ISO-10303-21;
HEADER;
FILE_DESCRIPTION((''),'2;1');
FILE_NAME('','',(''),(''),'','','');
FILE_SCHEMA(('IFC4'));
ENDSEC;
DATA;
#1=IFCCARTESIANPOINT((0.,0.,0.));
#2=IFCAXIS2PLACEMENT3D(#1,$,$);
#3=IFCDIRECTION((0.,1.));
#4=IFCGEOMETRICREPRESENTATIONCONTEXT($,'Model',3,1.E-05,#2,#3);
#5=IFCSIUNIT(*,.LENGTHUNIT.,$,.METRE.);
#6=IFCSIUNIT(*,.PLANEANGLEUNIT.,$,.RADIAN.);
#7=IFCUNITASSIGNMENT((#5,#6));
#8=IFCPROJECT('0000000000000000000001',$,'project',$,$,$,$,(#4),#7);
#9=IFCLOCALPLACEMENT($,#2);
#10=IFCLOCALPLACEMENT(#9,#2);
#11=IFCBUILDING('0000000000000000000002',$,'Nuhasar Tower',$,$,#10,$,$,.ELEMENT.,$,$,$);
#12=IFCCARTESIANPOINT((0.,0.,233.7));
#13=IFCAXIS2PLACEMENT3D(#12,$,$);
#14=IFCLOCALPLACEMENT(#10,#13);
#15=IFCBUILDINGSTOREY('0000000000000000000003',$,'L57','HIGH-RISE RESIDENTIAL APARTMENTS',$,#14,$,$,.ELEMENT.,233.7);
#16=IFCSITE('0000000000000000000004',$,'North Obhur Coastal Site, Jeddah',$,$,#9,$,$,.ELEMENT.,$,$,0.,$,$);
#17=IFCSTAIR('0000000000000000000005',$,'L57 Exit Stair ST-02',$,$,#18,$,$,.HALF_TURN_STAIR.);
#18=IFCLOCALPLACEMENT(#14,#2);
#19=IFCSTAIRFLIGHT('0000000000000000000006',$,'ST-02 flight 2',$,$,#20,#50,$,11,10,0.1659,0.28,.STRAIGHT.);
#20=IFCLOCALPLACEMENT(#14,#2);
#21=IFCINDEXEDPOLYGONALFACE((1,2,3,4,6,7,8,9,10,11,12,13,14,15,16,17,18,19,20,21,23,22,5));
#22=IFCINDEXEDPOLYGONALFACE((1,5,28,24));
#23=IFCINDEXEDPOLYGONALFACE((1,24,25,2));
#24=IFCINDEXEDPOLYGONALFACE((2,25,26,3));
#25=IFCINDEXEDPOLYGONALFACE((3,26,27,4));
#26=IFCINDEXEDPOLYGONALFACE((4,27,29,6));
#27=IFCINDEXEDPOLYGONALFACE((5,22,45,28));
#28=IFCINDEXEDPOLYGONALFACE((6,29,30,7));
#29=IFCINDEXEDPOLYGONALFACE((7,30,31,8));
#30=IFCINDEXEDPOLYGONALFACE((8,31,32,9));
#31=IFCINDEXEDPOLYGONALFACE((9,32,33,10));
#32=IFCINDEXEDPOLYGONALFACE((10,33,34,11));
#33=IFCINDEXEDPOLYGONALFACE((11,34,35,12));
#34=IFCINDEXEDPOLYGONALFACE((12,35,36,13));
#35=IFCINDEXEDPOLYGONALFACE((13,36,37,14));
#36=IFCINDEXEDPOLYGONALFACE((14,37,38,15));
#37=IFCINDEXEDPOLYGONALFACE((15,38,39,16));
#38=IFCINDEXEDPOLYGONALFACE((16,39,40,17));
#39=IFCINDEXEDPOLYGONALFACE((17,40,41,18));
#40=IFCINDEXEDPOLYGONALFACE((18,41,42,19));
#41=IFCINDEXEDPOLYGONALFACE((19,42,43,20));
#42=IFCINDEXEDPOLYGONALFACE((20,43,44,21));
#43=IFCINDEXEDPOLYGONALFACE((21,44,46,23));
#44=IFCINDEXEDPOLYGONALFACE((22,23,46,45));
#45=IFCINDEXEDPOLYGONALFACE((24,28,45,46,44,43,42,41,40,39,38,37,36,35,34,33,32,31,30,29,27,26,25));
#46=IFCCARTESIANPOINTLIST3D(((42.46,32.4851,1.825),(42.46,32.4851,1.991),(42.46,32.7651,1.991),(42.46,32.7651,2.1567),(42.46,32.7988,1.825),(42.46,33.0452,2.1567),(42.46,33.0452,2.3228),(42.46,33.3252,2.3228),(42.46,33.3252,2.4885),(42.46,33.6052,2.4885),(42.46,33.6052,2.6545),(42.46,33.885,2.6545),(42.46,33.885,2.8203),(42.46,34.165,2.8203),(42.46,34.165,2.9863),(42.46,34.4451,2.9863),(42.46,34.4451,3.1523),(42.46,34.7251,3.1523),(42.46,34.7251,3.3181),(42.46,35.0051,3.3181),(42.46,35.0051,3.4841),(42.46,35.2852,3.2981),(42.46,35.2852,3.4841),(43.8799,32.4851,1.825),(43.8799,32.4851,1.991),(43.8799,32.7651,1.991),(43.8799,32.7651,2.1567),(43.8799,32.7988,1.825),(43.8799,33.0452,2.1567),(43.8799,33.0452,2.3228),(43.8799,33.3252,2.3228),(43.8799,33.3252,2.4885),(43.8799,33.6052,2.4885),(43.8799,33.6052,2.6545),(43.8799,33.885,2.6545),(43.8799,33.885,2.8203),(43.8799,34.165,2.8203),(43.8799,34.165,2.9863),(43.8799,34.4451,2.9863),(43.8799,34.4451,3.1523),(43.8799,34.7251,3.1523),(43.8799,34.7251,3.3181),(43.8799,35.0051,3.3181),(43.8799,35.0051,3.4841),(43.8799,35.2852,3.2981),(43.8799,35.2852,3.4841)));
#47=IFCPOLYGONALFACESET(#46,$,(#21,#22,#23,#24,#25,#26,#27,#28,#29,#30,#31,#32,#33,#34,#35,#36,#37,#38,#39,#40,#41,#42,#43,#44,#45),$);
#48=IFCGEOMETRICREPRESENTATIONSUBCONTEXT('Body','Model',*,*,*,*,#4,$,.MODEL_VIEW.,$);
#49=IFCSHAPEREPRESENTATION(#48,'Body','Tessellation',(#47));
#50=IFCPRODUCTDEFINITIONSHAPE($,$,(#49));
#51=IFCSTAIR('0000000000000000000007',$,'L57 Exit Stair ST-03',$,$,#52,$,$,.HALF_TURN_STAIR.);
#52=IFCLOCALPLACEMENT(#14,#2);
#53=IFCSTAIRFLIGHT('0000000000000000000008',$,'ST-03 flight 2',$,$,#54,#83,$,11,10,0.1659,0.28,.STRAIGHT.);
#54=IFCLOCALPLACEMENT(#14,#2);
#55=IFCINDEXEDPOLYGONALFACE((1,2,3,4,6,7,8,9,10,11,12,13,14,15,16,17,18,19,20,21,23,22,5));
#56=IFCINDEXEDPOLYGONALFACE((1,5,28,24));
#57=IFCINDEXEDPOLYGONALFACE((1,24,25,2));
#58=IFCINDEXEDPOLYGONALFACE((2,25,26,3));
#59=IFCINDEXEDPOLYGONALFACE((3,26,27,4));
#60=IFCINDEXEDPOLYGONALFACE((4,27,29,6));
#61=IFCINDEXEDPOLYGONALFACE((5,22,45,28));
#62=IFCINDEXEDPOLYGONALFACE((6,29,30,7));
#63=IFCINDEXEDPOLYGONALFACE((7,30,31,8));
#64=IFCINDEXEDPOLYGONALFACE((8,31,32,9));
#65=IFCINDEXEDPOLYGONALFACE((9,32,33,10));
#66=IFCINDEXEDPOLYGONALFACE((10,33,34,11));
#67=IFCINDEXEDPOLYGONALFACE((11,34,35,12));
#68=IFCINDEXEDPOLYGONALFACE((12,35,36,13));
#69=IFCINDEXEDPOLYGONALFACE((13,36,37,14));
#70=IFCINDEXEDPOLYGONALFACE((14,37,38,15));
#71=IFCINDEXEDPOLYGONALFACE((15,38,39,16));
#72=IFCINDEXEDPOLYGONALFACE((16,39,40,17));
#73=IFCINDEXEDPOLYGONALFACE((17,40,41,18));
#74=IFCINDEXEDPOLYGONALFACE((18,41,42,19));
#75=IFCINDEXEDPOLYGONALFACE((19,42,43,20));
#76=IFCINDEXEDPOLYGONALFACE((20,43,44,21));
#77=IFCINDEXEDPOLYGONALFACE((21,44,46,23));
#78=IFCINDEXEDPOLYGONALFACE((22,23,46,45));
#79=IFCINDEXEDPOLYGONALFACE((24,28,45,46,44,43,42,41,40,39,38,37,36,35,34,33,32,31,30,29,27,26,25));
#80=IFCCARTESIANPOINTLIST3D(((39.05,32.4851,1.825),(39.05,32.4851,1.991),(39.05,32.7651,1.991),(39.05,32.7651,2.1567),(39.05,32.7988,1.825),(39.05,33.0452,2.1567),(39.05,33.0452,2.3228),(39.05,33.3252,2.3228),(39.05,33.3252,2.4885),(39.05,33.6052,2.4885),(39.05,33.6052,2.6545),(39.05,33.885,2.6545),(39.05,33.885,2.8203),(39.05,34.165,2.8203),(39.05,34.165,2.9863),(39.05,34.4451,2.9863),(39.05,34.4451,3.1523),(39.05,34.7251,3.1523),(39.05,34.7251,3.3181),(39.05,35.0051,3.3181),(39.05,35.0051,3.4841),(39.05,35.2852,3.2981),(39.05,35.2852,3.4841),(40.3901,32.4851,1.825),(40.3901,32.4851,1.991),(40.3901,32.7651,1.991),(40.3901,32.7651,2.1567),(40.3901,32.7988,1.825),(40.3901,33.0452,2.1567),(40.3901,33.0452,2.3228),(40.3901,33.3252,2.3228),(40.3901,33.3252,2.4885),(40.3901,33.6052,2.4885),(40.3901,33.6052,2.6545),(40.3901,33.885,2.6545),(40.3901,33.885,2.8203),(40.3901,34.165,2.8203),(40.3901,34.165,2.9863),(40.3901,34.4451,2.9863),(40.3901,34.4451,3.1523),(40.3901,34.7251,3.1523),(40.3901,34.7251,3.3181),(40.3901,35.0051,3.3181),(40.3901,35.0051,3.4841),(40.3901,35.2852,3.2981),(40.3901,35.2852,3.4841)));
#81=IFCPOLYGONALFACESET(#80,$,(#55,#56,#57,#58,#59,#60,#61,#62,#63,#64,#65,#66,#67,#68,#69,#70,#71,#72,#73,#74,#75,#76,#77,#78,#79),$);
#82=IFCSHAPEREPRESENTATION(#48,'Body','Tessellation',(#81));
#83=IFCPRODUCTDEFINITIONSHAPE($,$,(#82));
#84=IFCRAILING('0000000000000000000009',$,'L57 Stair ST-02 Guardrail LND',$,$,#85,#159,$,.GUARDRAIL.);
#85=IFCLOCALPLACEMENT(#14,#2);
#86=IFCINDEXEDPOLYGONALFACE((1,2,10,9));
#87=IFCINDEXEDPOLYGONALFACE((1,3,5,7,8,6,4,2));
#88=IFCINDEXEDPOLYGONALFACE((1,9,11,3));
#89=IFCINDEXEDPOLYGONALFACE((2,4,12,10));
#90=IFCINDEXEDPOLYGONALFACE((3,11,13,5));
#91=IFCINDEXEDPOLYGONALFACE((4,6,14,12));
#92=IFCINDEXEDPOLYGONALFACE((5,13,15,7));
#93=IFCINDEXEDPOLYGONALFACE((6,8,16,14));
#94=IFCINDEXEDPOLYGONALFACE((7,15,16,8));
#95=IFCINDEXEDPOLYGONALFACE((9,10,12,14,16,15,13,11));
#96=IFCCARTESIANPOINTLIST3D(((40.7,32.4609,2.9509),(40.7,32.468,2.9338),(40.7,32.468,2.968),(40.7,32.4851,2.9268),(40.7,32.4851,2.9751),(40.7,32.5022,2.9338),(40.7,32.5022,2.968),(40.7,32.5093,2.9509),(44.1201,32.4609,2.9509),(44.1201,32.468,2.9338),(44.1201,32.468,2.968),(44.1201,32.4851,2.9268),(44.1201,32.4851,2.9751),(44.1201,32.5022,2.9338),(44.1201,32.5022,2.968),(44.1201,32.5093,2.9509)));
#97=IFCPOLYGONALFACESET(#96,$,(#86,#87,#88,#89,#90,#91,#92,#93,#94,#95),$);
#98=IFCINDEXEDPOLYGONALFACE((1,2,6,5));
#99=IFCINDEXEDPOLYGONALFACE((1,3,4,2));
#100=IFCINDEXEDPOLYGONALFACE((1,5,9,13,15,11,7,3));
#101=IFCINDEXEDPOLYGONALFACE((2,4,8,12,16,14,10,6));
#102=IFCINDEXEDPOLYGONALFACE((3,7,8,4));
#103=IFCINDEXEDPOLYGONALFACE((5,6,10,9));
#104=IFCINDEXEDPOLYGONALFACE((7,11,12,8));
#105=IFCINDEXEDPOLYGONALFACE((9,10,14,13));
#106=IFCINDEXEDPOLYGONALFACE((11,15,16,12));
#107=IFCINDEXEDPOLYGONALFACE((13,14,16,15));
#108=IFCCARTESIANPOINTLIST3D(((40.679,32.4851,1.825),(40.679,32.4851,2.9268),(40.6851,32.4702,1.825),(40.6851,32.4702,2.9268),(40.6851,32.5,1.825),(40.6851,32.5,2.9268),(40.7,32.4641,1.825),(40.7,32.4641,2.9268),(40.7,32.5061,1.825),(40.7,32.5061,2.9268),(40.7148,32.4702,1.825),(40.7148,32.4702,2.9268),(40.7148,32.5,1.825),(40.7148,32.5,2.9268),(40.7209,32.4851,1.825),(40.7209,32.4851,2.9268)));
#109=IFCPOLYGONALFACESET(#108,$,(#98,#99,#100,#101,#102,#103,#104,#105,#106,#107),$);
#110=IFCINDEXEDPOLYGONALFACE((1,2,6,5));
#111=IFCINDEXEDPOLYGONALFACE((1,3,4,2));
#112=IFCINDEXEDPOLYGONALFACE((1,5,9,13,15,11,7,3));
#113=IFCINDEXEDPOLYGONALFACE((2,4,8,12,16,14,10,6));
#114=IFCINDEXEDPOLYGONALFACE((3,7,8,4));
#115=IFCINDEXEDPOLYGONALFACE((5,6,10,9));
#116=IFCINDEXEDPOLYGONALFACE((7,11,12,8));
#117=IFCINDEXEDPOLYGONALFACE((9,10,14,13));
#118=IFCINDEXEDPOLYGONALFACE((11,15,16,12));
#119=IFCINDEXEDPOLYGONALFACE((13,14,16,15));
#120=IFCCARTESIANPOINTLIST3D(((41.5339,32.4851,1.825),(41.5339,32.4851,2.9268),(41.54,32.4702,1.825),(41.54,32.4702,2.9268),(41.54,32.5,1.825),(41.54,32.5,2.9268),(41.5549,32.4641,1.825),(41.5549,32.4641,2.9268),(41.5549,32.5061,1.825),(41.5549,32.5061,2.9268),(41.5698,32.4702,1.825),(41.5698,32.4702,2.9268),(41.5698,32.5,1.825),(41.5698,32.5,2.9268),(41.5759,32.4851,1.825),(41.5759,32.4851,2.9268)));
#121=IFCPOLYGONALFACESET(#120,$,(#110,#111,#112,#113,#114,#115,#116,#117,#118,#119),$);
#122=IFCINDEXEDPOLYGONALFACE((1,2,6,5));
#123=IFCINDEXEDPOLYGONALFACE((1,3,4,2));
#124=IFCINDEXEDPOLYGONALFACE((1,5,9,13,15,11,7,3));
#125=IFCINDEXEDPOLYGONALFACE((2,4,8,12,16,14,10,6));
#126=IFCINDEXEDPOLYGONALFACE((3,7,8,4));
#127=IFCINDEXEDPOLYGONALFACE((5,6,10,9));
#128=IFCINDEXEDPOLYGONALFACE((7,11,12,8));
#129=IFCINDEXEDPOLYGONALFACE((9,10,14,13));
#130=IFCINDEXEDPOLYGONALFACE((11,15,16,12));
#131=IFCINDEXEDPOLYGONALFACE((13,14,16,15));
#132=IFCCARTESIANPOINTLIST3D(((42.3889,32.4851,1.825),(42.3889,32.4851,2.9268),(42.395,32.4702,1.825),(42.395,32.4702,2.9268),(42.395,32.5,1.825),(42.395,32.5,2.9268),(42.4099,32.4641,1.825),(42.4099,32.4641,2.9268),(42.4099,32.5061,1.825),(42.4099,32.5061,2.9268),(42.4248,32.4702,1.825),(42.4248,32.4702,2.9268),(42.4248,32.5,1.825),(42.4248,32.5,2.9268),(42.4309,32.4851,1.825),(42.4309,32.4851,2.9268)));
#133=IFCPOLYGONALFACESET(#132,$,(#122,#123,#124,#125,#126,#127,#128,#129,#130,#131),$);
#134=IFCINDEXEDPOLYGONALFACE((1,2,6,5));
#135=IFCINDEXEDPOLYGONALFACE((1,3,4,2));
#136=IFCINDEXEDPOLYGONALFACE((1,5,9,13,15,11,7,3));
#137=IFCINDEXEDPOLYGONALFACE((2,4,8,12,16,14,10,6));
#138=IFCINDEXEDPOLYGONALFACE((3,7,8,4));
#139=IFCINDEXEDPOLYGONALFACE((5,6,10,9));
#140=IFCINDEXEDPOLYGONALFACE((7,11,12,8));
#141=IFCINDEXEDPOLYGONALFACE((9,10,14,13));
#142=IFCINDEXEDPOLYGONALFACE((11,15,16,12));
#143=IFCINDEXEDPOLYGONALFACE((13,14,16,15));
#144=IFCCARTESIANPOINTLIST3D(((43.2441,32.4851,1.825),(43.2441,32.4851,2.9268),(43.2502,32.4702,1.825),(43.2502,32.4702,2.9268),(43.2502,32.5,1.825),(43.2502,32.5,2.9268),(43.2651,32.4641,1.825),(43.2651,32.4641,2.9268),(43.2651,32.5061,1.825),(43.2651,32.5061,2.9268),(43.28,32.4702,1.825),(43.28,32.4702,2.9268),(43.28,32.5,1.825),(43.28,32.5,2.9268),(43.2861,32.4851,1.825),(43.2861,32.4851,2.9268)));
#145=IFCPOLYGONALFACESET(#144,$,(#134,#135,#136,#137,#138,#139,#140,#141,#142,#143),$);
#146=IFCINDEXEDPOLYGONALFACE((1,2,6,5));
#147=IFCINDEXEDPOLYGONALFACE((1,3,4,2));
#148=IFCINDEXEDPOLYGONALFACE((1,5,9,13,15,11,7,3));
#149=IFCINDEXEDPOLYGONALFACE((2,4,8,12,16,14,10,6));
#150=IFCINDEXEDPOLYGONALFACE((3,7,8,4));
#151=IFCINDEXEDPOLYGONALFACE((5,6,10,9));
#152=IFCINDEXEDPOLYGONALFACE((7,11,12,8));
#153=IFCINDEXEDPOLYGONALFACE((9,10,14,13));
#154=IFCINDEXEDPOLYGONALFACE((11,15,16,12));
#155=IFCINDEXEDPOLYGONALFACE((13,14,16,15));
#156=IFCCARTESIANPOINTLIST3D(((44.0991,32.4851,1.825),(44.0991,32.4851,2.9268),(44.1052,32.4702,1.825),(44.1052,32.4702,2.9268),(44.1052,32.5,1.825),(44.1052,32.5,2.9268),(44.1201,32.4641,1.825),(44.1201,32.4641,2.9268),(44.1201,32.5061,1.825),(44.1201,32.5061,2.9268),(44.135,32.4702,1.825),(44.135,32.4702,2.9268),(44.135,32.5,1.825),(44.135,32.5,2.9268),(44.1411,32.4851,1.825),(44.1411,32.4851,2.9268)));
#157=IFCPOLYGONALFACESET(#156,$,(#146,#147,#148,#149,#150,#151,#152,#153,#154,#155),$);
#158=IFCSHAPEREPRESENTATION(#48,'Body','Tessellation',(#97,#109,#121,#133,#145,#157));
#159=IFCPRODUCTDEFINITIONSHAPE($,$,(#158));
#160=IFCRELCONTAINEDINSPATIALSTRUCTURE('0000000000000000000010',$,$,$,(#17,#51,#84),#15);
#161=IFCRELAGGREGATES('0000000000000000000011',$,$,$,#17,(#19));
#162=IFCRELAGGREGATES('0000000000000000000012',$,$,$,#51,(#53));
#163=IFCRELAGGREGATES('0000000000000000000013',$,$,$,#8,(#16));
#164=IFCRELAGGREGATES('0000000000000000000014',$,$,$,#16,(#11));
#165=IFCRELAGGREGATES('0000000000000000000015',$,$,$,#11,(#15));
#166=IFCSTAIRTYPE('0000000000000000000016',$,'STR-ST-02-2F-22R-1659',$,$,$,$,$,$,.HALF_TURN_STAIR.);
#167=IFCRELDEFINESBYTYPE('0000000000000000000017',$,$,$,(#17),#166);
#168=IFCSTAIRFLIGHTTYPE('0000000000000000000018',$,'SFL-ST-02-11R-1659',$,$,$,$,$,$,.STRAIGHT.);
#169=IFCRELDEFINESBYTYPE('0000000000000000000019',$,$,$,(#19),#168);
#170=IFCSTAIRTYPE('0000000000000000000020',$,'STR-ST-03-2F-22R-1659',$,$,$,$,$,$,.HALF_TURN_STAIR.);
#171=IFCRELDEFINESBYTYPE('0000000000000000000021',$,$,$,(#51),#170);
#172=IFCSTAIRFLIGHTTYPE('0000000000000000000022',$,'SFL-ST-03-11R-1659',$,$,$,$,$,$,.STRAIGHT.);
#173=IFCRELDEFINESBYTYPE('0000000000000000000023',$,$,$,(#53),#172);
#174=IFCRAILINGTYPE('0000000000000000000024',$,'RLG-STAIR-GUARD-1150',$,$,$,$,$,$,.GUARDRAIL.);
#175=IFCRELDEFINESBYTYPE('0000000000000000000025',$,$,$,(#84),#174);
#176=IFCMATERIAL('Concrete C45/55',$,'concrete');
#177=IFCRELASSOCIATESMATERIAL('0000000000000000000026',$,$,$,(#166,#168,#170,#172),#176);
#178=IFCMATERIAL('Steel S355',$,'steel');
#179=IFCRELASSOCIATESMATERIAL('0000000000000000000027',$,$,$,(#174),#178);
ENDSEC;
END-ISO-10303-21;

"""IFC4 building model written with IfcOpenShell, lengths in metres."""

from ifc_helpers import new_model, si_unit, direction, frame, origin, place, context, subcontext, project, spatial, polyline, outline, extrude, material, type_object, element, aggregate, save


model = new_model("IFC4")

# Units and contexts
model_context = context("Model", 3, precision=1e-05, world=origin(), true_north=direction((0.0, 1.0)))
body_context = subcontext(model_context, "Body", "Model", "MODEL_VIEW")
ifc_project = project(units=[si_unit("LENGTHUNIT", "METRE"), si_unit("PLANEANGLEUNIT", "RADIAN")], contexts=[model_context])

# Site, building, storey
site_placement = place(None, origin())
site = spatial("IfcSite", under=ifc_project, at=site_placement, Name="North Obhur Coastal Site, Jeddah", CompositionType="ELEMENT", RefElevation=0.0)
building_placement = place(site_placement, origin())
building = spatial("IfcBuilding", under=site, at=building_placement, Name="Nuhasar Tower", CompositionType="ELEMENT")
storey_placement = place(building_placement, frame((0.0, 0.0, 233.7)))
storey = spatial("IfcBuildingStorey", under=building, at=storey_placement, Name="L57", Description="HIGH-RISE RESIDENTIAL APARTMENTS", CompositionType="ELEMENT", Elevation=233.7)

# Shared definitions
ifc_material_1 = material(Name="Steel S355", Category="steel")

# Shared definitions
ifc_material_2 = material(Name="Concrete C45/55", Category="concrete")

# Stair, stair flight
stair_type_1 = type_object("IfcStairType", Name="STR-ST-02-2F-22R-1659", PredefinedType="HALF_TURN_STAIR", material=ifc_material_2)
stair_1_placement = place(storey_placement, origin())
stair_1 = element("IfcStair", 1, at=stair_1_placement, inside=storey, type_object=stair_type_1, Name="L57 Exit Stair ST-02", PredefinedType="HALF_TURN_STAIR")
stair_flight_type_1 = type_object("IfcStairFlightType", Name="SFL-ST-02-11R-1659", PredefinedType="STRAIGHT", material=ifc_material_2)
stair_flight_1_placement = place(storey_placement, frame((43.1699, 32.4851, 1.825), z_axis=(0.0, 0.0, 1.0), x_axis=(0.0, 1.0, 0.0)))
stair_flight_1 = element("IfcStairFlight", 2, at=stair_flight_1_placement, type_object=stair_flight_type_1, Name="ST-02 flight 2", NumberOfRisers=11, NumberOfTreads=10, PredefinedType="STRAIGHT", RiserHeight=0.1659, TreadLength=0.28, context=body_context, shape_type="SweptSolid", body=[
    extrude(outline(polyline([(0.0, 0.0), (0.0, 0.166), (0.28, 0.166), (0.28, 0.3318), (0.5601, 0.3318), (0.5601, 0.4978), (0.8401, 0.4978), (0.8401, 0.6636), (1.1201, 0.6636), (1.1201, 0.8296), (1.3999, 0.8296), (1.3999, 0.9954), (1.6799, 0.9954), (1.6799, 1.1614), (1.96, 1.1614), (1.96, 1.3274), (2.24, 1.3274), (2.24, 1.4932), (2.52, 1.4932), (2.52, 1.6592), (2.8, 1.6592), (2.8, 1.825), (2.8, 1.4731), (0.3137, 0.0), (0.0, 0.0)])), frame((0.0, 0.71, 0.0), z_axis=(0.0, -1.0, 0.0), x_axis=(1.0, 0.0, 0.0)), (0.0, 0.0, 1.0), 1.4199),
])
aggregate(stair_1, [stair_flight_1])

# Stair, stair flight
stair_type_2 = type_object("IfcStairType", Name="STR-ST-03-2F-22R-1659", PredefinedType="HALF_TURN_STAIR", material=ifc_material_2)
stair_2_placement = place(storey_placement, origin())
stair_2 = element("IfcStair", 3, at=stair_2_placement, inside=storey, type_object=stair_type_2, Name="L57 Exit Stair ST-03", PredefinedType="HALF_TURN_STAIR")
stair_flight_type_2 = type_object("IfcStairFlightType", Name="SFL-ST-03-11R-1659", PredefinedType="STRAIGHT", material=ifc_material_2)
stair_flight_2_placement = place(storey_placement, frame((39.72, 32.4851, 1.825), z_axis=(0.0, 0.0, 1.0), x_axis=(0.0, 1.0, 0.0)))
stair_flight_2 = element("IfcStairFlight", 4, at=stair_flight_2_placement, type_object=stair_flight_type_2, Name="ST-03 flight 2", NumberOfRisers=11, NumberOfTreads=10, PredefinedType="STRAIGHT", RiserHeight=0.1659, TreadLength=0.28, context=body_context, shape_type="SweptSolid", body=[
    extrude(outline(polyline([(0.0, 0.0), (0.0, 0.166), (0.28, 0.166), (0.28, 0.3318), (0.5601, 0.3318), (0.5601, 0.4978), (0.8401, 0.4978), (0.8401, 0.6636), (1.1201, 0.6636), (1.1201, 0.8296), (1.3999, 0.8296), (1.3999, 0.9954), (1.6799, 0.9954), (1.6799, 1.1614), (1.96, 1.1614), (1.96, 1.3274), (2.24, 1.3274), (2.24, 1.4932), (2.52, 1.4932), (2.52, 1.6592), (2.8, 1.6592), (2.8, 1.825), (2.8, 1.4731), (0.3137, 0.0), (0.0, 0.0)])), frame((0.0, 0.6699, 0.0), z_axis=(0.0, -1.0, 0.0), x_axis=(1.0, 0.0, 0.0)), (0.0, 0.0, 1.0), 1.3401),
])
aggregate(stair_2, [stair_flight_2])

# Railing
railing_type_1 = type_object("IfcRailingType", Name="RLG-STAIR-GUARD-1150", PredefinedType="GUARDRAIL", material=ifc_material_1)
railing_1_placement = place(storey_placement, frame((40.7, 32.4851, 1.825)))
element("IfcRailing", 5, at=railing_1_placement, inside=storey, type_object=railing_type_1, Name="L57 Stair ST-02 Guardrail LND", PredefinedType="GUARDRAIL", context=body_context, shape_type="SweptSolid", body=[
    extrude(outline(polyline([(0.0242, 0.0), (0.0171, 0.0171), (0.0, 0.0242), (-0.0171, 0.0171), (-0.0242, 0.0), (-0.0171, -0.0171), (0.0, -0.0242), (0.0171, -0.0171), (0.0242, 0.0)])), frame((0.0, 0.0, 1.126), z_axis=(1.0, 0.0, 0.0), x_axis=(0.0, 1.0, 0.0)), (0.0, 0.0, 1.0), 3.4202),
    extrude(outline(polyline([(0.021, 0.0), (0.0149, 0.0149), (0.0, 0.021), (-0.0149, 0.0149), (-0.021, 0.0), (-0.0149, -0.0149), (0.0, -0.021), (0.0149, -0.0149), (0.021, 0.0)])), origin(), (0.0, 0.0, 1.0), 1.1018),
    extrude(outline(polyline([(0.021, 0.0), (0.0149, 0.0149), (0.0, 0.021), (-0.0149, 0.0149), (-0.021, 0.0), (-0.0149, -0.0149), (0.0, -0.021), (0.0149, -0.0149), (0.021, 0.0)])), frame((0.855, 0.0, 0.0)), (0.0, 0.0, 1.0), 1.1018),
    extrude(outline(polyline([(0.021, 0.0), (0.0149, 0.0149), (0.0, 0.021), (-0.0149, 0.0149), (-0.021, 0.0), (-0.0149, -0.0149), (0.0, -0.021), (0.0149, -0.0149), (0.021, 0.0)])), frame((1.71, 0.0, 0.0)), (0.0, 0.0, 1.0), 1.1018),
    extrude(outline(polyline([(0.021, 0.0), (0.0149, 0.0149), (0.0, 0.021), (-0.0149, 0.0149), (-0.021, 0.0), (-0.0149, -0.0149), (0.0, -0.021), (0.0149, -0.0149), (0.021, 0.0)])), frame((2.5652, 0.0, 0.0)), (0.0, 0.0, 1.0), 1.1018),
    extrude(outline(polyline([(0.021, 0.0), (0.0149, 0.0149), (0.0, 0.021), (-0.0149, 0.0149), (-0.021, 0.0), (-0.0149, -0.0149), (0.0, -0.021), (0.0149, -0.0149), (0.021, 0.0)])), frame((3.4202, 0.0, 0.0)), (0.0, 0.0, 1.0), 1.1018),
])

save(model, "model.ifc")
